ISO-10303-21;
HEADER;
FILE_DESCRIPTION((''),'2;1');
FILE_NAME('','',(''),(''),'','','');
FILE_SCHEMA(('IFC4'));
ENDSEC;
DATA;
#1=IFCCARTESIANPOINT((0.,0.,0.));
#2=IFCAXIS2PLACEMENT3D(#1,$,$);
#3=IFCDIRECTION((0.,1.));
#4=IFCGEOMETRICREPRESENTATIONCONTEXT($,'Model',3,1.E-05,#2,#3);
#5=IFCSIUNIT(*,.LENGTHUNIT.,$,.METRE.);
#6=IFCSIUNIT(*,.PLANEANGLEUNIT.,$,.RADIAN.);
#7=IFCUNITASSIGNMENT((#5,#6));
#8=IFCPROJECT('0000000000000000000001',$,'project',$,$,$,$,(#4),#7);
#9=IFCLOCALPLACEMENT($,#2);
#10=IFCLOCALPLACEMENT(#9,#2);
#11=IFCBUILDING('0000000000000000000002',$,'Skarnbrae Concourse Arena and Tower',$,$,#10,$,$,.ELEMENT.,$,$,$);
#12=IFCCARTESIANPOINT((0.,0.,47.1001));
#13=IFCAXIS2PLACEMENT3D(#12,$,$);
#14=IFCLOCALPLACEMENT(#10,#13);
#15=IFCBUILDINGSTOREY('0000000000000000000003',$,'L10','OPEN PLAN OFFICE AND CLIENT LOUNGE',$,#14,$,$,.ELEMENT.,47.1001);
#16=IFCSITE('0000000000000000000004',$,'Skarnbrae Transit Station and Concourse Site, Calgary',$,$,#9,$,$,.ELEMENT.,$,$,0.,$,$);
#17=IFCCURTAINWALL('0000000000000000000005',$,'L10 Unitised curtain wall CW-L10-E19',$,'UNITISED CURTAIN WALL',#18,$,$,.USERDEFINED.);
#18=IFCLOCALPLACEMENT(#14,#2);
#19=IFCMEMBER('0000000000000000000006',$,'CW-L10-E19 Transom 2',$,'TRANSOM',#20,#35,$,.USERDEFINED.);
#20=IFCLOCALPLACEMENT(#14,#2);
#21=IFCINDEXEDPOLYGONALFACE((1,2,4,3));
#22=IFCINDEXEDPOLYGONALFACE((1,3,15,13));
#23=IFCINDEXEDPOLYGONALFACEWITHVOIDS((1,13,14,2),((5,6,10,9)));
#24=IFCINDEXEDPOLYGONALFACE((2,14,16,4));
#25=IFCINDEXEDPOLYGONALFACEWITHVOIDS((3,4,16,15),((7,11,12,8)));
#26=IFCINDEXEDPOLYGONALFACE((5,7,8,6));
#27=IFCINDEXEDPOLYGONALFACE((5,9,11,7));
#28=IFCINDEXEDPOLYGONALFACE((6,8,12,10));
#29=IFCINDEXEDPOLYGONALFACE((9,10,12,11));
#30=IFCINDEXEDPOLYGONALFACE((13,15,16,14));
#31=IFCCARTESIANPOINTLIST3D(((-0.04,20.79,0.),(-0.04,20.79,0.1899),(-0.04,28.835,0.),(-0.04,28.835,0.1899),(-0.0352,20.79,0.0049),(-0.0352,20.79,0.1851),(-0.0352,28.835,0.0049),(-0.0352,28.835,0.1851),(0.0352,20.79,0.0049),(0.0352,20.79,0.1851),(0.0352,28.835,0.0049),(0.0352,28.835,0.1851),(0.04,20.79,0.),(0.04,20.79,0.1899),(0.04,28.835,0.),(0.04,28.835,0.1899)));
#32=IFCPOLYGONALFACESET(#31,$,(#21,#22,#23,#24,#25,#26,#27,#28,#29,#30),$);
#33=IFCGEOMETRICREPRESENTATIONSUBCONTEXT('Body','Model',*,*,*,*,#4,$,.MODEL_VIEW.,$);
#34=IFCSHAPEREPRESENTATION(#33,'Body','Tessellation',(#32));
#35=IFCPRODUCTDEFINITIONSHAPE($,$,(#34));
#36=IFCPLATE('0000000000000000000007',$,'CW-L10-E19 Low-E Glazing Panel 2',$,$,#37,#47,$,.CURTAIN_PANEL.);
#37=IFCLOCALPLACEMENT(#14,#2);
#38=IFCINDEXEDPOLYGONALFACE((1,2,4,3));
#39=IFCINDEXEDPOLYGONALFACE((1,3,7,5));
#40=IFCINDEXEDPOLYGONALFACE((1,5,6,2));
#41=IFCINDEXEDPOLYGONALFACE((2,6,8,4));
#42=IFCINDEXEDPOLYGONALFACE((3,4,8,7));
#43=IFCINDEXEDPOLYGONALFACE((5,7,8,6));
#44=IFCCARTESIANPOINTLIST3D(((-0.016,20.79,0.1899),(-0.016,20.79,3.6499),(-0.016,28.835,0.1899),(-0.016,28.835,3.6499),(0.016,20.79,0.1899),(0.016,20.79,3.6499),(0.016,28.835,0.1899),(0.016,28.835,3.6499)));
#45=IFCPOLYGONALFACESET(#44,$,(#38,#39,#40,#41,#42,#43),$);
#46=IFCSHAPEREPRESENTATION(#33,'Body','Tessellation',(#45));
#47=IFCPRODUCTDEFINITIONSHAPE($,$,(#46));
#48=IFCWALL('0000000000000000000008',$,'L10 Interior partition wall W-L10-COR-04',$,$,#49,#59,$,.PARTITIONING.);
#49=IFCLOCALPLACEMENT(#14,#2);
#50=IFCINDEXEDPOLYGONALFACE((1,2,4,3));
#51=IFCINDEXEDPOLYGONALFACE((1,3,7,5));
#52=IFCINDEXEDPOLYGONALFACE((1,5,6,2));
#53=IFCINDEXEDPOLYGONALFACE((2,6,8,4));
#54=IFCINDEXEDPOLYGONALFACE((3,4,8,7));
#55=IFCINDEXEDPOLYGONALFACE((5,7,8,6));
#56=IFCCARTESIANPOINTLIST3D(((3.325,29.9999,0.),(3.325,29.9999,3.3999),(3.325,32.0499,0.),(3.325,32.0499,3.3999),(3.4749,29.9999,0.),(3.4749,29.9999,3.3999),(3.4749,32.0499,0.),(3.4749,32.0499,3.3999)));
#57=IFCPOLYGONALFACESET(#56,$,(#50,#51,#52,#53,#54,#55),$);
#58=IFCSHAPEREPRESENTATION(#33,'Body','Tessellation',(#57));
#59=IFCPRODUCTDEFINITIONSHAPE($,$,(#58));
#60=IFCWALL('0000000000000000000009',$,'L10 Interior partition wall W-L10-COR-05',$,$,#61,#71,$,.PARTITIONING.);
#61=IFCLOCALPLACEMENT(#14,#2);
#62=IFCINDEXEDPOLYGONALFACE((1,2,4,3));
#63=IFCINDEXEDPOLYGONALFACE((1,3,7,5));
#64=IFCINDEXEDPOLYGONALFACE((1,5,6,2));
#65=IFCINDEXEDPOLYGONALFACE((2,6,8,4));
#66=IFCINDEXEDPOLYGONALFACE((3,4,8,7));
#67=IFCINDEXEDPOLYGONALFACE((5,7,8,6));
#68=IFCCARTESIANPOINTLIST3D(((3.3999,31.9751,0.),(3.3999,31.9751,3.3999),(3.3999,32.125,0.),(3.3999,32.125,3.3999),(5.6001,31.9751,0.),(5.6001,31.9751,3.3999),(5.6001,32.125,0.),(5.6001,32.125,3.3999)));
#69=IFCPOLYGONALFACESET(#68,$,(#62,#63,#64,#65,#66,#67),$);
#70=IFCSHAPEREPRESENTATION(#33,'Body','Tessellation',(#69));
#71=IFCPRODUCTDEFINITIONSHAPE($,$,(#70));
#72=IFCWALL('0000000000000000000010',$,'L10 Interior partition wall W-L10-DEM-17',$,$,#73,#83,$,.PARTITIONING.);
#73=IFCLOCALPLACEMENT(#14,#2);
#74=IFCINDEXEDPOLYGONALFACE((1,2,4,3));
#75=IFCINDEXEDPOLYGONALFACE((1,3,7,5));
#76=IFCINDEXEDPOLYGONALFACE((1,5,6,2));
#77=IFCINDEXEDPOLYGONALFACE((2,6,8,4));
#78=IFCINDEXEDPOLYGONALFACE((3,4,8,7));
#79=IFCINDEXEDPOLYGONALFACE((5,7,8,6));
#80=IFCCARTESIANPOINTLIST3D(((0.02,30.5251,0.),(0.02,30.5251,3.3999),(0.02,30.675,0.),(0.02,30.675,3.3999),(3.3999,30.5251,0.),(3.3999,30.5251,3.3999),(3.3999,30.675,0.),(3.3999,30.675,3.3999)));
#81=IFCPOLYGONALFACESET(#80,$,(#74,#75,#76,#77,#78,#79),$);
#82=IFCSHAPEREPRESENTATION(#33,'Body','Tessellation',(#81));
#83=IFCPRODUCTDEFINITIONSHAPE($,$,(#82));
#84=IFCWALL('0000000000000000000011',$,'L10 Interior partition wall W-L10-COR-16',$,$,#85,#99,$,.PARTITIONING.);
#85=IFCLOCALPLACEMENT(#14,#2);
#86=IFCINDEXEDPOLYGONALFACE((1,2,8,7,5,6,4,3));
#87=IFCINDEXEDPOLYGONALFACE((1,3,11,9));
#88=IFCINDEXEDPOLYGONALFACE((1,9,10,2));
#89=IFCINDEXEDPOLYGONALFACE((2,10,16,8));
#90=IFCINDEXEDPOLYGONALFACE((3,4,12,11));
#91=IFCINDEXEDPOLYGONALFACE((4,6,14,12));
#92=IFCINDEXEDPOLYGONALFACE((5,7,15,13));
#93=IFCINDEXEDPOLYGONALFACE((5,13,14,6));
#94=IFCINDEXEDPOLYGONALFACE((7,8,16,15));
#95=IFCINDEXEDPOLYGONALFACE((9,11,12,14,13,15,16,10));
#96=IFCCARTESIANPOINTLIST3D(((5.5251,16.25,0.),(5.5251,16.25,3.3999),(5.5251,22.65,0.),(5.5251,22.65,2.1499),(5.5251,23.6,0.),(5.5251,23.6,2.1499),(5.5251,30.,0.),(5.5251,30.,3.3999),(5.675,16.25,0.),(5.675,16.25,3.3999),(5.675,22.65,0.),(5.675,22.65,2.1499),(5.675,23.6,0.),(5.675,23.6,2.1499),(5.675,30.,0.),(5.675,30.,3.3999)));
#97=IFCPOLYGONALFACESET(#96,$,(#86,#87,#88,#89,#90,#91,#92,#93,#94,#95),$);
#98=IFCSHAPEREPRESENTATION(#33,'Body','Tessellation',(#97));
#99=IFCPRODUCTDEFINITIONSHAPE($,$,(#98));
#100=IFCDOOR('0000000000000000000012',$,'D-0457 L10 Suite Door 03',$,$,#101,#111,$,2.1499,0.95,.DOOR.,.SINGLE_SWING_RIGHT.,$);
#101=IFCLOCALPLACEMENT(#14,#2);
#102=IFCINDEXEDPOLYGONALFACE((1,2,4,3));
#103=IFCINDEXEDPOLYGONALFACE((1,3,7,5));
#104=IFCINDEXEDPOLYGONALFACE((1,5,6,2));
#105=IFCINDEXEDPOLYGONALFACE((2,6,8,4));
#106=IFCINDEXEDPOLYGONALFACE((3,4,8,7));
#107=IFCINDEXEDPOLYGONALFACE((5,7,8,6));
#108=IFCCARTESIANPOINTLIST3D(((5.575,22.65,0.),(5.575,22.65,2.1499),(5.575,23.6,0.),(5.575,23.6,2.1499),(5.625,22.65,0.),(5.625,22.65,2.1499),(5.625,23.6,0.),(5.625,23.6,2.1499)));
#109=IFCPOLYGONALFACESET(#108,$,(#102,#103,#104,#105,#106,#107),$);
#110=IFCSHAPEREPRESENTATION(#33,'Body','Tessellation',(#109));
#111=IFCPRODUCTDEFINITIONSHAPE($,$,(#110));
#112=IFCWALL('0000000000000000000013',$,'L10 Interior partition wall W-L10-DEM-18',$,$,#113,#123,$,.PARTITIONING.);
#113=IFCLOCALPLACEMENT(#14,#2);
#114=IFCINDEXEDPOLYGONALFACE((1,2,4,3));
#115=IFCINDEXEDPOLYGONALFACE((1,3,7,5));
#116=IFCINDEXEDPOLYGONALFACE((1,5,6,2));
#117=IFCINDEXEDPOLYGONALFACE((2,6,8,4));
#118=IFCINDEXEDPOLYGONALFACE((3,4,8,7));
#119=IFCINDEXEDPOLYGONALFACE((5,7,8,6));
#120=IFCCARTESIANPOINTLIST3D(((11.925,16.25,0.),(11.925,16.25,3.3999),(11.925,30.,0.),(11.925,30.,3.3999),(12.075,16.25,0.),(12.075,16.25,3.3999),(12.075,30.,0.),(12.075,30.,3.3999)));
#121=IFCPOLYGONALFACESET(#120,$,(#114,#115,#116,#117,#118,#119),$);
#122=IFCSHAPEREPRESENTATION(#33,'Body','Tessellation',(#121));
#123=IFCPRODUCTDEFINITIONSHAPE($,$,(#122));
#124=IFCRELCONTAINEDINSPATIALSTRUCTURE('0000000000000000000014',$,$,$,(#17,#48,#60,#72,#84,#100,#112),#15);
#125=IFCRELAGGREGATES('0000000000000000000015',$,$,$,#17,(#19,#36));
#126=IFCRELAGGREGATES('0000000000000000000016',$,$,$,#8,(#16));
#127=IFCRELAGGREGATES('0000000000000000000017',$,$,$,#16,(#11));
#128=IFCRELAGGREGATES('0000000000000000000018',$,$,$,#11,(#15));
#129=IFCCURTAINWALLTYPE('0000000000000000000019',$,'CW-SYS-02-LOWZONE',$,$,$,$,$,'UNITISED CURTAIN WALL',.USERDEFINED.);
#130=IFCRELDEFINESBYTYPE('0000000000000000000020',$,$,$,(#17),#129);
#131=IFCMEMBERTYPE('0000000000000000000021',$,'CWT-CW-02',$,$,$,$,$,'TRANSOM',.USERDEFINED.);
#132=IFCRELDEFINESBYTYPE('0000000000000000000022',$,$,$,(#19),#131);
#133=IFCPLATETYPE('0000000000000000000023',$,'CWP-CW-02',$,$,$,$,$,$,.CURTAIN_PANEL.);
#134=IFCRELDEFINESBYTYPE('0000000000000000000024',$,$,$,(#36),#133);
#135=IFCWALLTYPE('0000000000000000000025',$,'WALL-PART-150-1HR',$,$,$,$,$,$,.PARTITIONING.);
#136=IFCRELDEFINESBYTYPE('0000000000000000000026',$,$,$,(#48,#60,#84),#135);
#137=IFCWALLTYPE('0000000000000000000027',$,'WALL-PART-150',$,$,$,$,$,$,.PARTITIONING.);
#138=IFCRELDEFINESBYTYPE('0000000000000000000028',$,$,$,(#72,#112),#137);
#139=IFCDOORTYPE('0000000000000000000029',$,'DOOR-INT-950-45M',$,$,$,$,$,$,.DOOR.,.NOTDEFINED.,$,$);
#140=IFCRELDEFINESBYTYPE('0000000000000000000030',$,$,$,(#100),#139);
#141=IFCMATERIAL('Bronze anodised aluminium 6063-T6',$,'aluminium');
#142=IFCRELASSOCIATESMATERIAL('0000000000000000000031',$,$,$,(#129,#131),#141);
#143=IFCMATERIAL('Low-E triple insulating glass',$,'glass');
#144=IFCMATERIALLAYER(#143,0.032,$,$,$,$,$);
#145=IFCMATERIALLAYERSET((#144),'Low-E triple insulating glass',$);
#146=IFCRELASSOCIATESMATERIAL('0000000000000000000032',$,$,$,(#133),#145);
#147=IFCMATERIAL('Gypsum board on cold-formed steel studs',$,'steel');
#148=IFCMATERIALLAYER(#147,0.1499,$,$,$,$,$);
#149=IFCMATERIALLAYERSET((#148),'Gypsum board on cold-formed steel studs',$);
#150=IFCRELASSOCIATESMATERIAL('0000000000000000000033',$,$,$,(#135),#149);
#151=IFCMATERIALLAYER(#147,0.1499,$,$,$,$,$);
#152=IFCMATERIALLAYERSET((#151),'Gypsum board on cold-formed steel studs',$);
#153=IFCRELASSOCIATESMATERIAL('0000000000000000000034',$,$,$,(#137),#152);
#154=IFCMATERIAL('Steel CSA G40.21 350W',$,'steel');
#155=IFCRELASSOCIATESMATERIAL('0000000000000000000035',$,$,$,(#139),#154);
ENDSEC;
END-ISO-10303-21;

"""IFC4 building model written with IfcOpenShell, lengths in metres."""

from ifc_helpers import new_model, si_unit, direction, frame, frame_2d, origin, origin_2d, place, context, subcontext, project, spatial, rectangle, hollow_rectangle, extrude, source, transform, mapped, material, layer, layer_set, material_profile, profile_set, type_object, element, fill, aggregate, save


model = new_model("IFC4")

# Units and contexts
model_context = context("Model", 3, precision=1e-05, world=origin(), true_north=direction((0.0, 1.0)))
body_context = subcontext(model_context, "Body", "Model", "MODEL_VIEW")
ifc_project = project(units=[si_unit("LENGTHUNIT", "METRE"), si_unit("PLANEANGLEUNIT", "RADIAN")], contexts=[model_context])

# Site, building, storey
site_placement = place(None, origin())
site = spatial("IfcSite", under=ifc_project, at=site_placement, Name="Skarnbrae Transit Station and Concourse Site, Calgary", CompositionType="ELEMENT", RefElevation=0.0)
building_placement = place(site_placement, origin())
building = spatial("IfcBuilding", under=site, at=building_placement, Name="Skarnbrae Concourse Arena and Tower", CompositionType="ELEMENT")
storey_placement = place(building_placement, frame((0.0, 0.0, 47.1001)))
storey = spatial("IfcBuildingStorey", under=building, at=storey_placement, Name="L10", Description="OPEN PLAN OFFICE AND CLIENT LOUNGE", CompositionType="ELEMENT", Elevation=47.1001)

# Shared definitions
ifc_material_1 = material(Name="Steel CSA G40.21 350W", Category="steel")

# Curtain wall, member, plate
ifc_material_2 = material(Name="Bronze anodised aluminium 6063-T6", Category="aluminium")
curtain_wall_type = type_object("IfcCurtainWallType", Name="CW-SYS-02-LOWZONE", ElementType="UNITISED CURTAIN WALL", PredefinedType="USERDEFINED", material=ifc_material_2)
curtain_wall_placement = place(storey_placement, origin())
curtain_wall = element("IfcCurtainWall", 1, at=curtain_wall_placement, inside=storey, type_object=curtain_wall_type, Name="L10 Unitised curtain wall CW-L10-E19", ObjectType="UNITISED CURTAIN WALL", PredefinedType="USERDEFINED")
ifc_material_profile_1 = material_profile(ifc_material_2, hollow_rectangle(XDim=0.0801, YDim=0.1899, WallThickness=0.0049, at=origin_2d()), Name="ALU-TRAN-80X190")
ifc_profile_set_1 = profile_set([ifc_material_profile_1], Name="Bronze anodised aluminium 6063-T6")
member_type_1 = type_object("IfcMemberType", Name="CWT-CW-02", ElementType="TRANSOM", PredefinedType="USERDEFINED", material=ifc_profile_set_1)
shared_shape_1 = source(origin(), body_context, "Body", "SweptSolid", [
    extrude(hollow_rectangle(XDim=0.0801, YDim=0.1899, WallThickness=0.0049, at=origin_2d()), origin(), (0.0, 0.0, 1.0), 8.0449),
])
member_1_placement = place(storey_placement, frame((0.0, 28.835, 0.095), z_axis=(0.0, -1.0, 0.0), x_axis=(1.0, 0.0, 0.0)))
member_1 = element("IfcMember", 2, at=member_1_placement, type_object=member_type_1, Name="CW-L10-E19 Transom 2", ObjectType="TRANSOM", PredefinedType="USERDEFINED", context=body_context, shape_type="MappedRepresentation", body=[
    mapped(shared_shape_1, transform((0.0, 0.0, 0.0))),
])
ifc_material_3 = material(Name="Low-E triple insulating glass", Category="glass")
ifc_layer_1 = layer(ifc_material_3, 0.032)
ifc_layer_set_1 = layer_set([ifc_layer_1], Name="Low-E triple insulating glass")
plate_type = type_object("IfcPlateType", Name="CWP-CW-02", PredefinedType="CURTAIN_PANEL", material=ifc_layer_set_1)
shared_shape_2 = source(origin(), body_context, "Body", "SweptSolid", [
    extrude(rectangle(XDim=8.0449, YDim=0.032, at=origin_2d()), origin(), (0.0, 0.0, 1.0), 3.46),
])
plate_placement = place(storey_placement, frame((0.0, 24.8125, 0.1899), z_axis=(0.0, 0.0, 1.0), x_axis=(0.0, -1.0, 0.0)))
plate = element("IfcPlate", 3, at=plate_placement, type_object=plate_type, Name="CW-L10-E19 Low-E Glazing Panel 2", PredefinedType="CURTAIN_PANEL", context=body_context, shape_type="MappedRepresentation", body=[
    mapped(shared_shape_2, transform((0.0, 0.0, 0.0))),
])
aggregate(curtain_wall, [member_1, plate])

# Walls
ifc_material_4 = material(Name="Gypsum board on cold-formed steel studs", Category="steel")
ifc_layer_2 = layer(ifc_material_4, 0.1499)
ifc_layer_set_2 = layer_set([ifc_layer_2], Name="Gypsum board on cold-formed steel studs")
wall_type_1 = type_object("IfcWallType", Name="WALL-PART-150-1HR", PredefinedType="PARTITIONING", material=ifc_layer_set_2)
shared_shape_3 = source(origin(), body_context, "Body", "SweptSolid", [
    extrude(rectangle(XDim=2.05, YDim=0.1499, at=frame_2d((1.0249, 0.0))), origin(), (0.0, 0.0, 1.0), 3.3999),
])
wall_1_placement = place(storey_placement, frame((3.3999, 30.0, 0.0), z_axis=(0.0, 0.0, 1.0), x_axis=(0.0, 1.0, 0.0)))
element("IfcWall", 4, at=wall_1_placement, inside=storey, type_object=wall_type_1, Name="L10 Interior partition wall W-L10-COR-04", PredefinedType="PARTITIONING", context=body_context, shape_type="MappedRepresentation", body=[
    mapped(shared_shape_3, transform((0.0, 0.0, 0.0))),
])
shared_shape_4 = source(origin(), body_context, "Body", "SweptSolid", [
    extrude(rectangle(XDim=2.2002, YDim=0.1499, at=frame_2d((1.1001, 0.0))), origin(), (0.0, 0.0, 1.0), 3.3999),
])
wall_2_placement = place(storey_placement, frame((3.3999, 32.05, 0.0), z_axis=(0.0, 0.0, 1.0), x_axis=(1.0, 0.0, 0.0)))
element("IfcWall", 5, at=wall_2_placement, inside=storey, type_object=wall_type_1, Name="L10 Interior partition wall W-L10-COR-05", PredefinedType="PARTITIONING", context=body_context, shape_type="MappedRepresentation", body=[
    mapped(shared_shape_4, transform((0.0, 0.0, 0.0))),
])
ifc_layer_3 = layer(ifc_material_4, 0.1499)
ifc_layer_set_3 = layer_set([ifc_layer_3], Name="Gypsum board on cold-formed steel studs")
wall_type_2 = type_object("IfcWallType", Name="WALL-PART-150", PredefinedType="PARTITIONING", material=ifc_layer_set_3)
shared_shape_5 = source(origin(), body_context, "Body", "SweptSolid", [
    extrude(rectangle(XDim=3.3799, YDim=0.1499, at=frame_2d((1.6899, 0.0))), origin(), (0.0, 0.0, 1.0), 3.3999),
])
wall_3_placement = place(storey_placement, frame((0.02, 30.6001, 0.0), z_axis=(0.0, 0.0, 1.0), x_axis=(1.0, 0.0, 0.0)))
element("IfcWall", 6, at=wall_3_placement, inside=storey, type_object=wall_type_2, Name="L10 Interior partition wall W-L10-DEM-17", PredefinedType="PARTITIONING", context=body_context, shape_type="MappedRepresentation", body=[
    mapped(shared_shape_5, transform((0.0, 0.0, 0.0))),
])

# Wall, opening, door
shared_shape_6 = source(origin(), body_context, "Body", "SweptSolid", [
    extrude(rectangle(XDim=13.75, YDim=0.1499, at=frame_2d((6.875, 0.0))), origin(), (0.0, 0.0, 1.0), 3.3999),
])
wall_4_placement = place(storey_placement, frame((5.6001, 30.0, 0.0), z_axis=(0.0, 0.0, 1.0), x_axis=(0.0, -1.0, 0.0)))
wall_4 = element("IfcWall", 7, at=wall_4_placement, inside=storey, type_object=wall_type_1, Name="L10 Interior partition wall W-L10-COR-16", PredefinedType="PARTITIONING", context=body_context, shape_type="MappedRepresentation", body=[
    mapped(shared_shape_6, transform((0.0, 0.0, 0.0))),
])
opening_1_placement = place(wall_4_placement, frame((6.3999, 0.0, 0.0)))
opening_1 = element("IfcOpeningElement", 8, at=opening_1_placement, cuts=wall_4, PredefinedType="OPENING", context=body_context, shape_type="SweptSolid", body=[
    extrude(rectangle(XDim=0.95, YDim=2.1499, at=frame_2d((0.4751, 1.075))), frame((0.0, 0.085, 0.0), z_axis=(0.0, -1.0, 0.0), x_axis=(1.0, 0.0, 0.0)), (0.0, 0.0, 1.0), 0.1699),
])
door_type = type_object("IfcDoorType", Name="DOOR-INT-950-45M", OperationType="NOTDEFINED", PredefinedType="DOOR", material=ifc_material_1)
shared_shape_7 = source(origin(), body_context, "Body", "SweptSolid", [
    extrude(rectangle(XDim=0.95, YDim=2.1499, at=frame_2d((0.4751, 1.075))), frame((0.0, 0.0249, 0.0), z_axis=(0.0, -1.0, 0.0), x_axis=(1.0, 0.0, 0.0)), (0.0, 0.0, 1.0), 0.05),
])
door_1_placement = place(opening_1_placement, origin())
door_1 = element("IfcDoor", 9, at=door_1_placement, inside=storey, type_object=door_type, Name="D-0457 L10 Suite Door 03", OperationType="SINGLE_SWING_RIGHT", OverallHeight=2.1499, OverallWidth=0.95, PredefinedType="DOOR", context=body_context, shape_type="MappedRepresentation", body=[
    mapped(shared_shape_7, transform((0.0, 0.0, 0.0))),
])
fill(opening_1, door_1)

# Wall
wall_5_placement = place(storey_placement, frame((12.0, 30.0, 0.0), z_axis=(0.0, 0.0, 1.0), x_axis=(0.0, -1.0, 0.0)))
element("IfcWall", 10, at=wall_5_placement, inside=storey, type_object=wall_type_2, Name="L10 Interior partition wall W-L10-DEM-18", PredefinedType="PARTITIONING", context=body_context, shape_type="MappedRepresentation", body=[
    mapped(shared_shape_6, transform((0.0, 0.0, 0.0))),
])

save(model, "model.ifc")
